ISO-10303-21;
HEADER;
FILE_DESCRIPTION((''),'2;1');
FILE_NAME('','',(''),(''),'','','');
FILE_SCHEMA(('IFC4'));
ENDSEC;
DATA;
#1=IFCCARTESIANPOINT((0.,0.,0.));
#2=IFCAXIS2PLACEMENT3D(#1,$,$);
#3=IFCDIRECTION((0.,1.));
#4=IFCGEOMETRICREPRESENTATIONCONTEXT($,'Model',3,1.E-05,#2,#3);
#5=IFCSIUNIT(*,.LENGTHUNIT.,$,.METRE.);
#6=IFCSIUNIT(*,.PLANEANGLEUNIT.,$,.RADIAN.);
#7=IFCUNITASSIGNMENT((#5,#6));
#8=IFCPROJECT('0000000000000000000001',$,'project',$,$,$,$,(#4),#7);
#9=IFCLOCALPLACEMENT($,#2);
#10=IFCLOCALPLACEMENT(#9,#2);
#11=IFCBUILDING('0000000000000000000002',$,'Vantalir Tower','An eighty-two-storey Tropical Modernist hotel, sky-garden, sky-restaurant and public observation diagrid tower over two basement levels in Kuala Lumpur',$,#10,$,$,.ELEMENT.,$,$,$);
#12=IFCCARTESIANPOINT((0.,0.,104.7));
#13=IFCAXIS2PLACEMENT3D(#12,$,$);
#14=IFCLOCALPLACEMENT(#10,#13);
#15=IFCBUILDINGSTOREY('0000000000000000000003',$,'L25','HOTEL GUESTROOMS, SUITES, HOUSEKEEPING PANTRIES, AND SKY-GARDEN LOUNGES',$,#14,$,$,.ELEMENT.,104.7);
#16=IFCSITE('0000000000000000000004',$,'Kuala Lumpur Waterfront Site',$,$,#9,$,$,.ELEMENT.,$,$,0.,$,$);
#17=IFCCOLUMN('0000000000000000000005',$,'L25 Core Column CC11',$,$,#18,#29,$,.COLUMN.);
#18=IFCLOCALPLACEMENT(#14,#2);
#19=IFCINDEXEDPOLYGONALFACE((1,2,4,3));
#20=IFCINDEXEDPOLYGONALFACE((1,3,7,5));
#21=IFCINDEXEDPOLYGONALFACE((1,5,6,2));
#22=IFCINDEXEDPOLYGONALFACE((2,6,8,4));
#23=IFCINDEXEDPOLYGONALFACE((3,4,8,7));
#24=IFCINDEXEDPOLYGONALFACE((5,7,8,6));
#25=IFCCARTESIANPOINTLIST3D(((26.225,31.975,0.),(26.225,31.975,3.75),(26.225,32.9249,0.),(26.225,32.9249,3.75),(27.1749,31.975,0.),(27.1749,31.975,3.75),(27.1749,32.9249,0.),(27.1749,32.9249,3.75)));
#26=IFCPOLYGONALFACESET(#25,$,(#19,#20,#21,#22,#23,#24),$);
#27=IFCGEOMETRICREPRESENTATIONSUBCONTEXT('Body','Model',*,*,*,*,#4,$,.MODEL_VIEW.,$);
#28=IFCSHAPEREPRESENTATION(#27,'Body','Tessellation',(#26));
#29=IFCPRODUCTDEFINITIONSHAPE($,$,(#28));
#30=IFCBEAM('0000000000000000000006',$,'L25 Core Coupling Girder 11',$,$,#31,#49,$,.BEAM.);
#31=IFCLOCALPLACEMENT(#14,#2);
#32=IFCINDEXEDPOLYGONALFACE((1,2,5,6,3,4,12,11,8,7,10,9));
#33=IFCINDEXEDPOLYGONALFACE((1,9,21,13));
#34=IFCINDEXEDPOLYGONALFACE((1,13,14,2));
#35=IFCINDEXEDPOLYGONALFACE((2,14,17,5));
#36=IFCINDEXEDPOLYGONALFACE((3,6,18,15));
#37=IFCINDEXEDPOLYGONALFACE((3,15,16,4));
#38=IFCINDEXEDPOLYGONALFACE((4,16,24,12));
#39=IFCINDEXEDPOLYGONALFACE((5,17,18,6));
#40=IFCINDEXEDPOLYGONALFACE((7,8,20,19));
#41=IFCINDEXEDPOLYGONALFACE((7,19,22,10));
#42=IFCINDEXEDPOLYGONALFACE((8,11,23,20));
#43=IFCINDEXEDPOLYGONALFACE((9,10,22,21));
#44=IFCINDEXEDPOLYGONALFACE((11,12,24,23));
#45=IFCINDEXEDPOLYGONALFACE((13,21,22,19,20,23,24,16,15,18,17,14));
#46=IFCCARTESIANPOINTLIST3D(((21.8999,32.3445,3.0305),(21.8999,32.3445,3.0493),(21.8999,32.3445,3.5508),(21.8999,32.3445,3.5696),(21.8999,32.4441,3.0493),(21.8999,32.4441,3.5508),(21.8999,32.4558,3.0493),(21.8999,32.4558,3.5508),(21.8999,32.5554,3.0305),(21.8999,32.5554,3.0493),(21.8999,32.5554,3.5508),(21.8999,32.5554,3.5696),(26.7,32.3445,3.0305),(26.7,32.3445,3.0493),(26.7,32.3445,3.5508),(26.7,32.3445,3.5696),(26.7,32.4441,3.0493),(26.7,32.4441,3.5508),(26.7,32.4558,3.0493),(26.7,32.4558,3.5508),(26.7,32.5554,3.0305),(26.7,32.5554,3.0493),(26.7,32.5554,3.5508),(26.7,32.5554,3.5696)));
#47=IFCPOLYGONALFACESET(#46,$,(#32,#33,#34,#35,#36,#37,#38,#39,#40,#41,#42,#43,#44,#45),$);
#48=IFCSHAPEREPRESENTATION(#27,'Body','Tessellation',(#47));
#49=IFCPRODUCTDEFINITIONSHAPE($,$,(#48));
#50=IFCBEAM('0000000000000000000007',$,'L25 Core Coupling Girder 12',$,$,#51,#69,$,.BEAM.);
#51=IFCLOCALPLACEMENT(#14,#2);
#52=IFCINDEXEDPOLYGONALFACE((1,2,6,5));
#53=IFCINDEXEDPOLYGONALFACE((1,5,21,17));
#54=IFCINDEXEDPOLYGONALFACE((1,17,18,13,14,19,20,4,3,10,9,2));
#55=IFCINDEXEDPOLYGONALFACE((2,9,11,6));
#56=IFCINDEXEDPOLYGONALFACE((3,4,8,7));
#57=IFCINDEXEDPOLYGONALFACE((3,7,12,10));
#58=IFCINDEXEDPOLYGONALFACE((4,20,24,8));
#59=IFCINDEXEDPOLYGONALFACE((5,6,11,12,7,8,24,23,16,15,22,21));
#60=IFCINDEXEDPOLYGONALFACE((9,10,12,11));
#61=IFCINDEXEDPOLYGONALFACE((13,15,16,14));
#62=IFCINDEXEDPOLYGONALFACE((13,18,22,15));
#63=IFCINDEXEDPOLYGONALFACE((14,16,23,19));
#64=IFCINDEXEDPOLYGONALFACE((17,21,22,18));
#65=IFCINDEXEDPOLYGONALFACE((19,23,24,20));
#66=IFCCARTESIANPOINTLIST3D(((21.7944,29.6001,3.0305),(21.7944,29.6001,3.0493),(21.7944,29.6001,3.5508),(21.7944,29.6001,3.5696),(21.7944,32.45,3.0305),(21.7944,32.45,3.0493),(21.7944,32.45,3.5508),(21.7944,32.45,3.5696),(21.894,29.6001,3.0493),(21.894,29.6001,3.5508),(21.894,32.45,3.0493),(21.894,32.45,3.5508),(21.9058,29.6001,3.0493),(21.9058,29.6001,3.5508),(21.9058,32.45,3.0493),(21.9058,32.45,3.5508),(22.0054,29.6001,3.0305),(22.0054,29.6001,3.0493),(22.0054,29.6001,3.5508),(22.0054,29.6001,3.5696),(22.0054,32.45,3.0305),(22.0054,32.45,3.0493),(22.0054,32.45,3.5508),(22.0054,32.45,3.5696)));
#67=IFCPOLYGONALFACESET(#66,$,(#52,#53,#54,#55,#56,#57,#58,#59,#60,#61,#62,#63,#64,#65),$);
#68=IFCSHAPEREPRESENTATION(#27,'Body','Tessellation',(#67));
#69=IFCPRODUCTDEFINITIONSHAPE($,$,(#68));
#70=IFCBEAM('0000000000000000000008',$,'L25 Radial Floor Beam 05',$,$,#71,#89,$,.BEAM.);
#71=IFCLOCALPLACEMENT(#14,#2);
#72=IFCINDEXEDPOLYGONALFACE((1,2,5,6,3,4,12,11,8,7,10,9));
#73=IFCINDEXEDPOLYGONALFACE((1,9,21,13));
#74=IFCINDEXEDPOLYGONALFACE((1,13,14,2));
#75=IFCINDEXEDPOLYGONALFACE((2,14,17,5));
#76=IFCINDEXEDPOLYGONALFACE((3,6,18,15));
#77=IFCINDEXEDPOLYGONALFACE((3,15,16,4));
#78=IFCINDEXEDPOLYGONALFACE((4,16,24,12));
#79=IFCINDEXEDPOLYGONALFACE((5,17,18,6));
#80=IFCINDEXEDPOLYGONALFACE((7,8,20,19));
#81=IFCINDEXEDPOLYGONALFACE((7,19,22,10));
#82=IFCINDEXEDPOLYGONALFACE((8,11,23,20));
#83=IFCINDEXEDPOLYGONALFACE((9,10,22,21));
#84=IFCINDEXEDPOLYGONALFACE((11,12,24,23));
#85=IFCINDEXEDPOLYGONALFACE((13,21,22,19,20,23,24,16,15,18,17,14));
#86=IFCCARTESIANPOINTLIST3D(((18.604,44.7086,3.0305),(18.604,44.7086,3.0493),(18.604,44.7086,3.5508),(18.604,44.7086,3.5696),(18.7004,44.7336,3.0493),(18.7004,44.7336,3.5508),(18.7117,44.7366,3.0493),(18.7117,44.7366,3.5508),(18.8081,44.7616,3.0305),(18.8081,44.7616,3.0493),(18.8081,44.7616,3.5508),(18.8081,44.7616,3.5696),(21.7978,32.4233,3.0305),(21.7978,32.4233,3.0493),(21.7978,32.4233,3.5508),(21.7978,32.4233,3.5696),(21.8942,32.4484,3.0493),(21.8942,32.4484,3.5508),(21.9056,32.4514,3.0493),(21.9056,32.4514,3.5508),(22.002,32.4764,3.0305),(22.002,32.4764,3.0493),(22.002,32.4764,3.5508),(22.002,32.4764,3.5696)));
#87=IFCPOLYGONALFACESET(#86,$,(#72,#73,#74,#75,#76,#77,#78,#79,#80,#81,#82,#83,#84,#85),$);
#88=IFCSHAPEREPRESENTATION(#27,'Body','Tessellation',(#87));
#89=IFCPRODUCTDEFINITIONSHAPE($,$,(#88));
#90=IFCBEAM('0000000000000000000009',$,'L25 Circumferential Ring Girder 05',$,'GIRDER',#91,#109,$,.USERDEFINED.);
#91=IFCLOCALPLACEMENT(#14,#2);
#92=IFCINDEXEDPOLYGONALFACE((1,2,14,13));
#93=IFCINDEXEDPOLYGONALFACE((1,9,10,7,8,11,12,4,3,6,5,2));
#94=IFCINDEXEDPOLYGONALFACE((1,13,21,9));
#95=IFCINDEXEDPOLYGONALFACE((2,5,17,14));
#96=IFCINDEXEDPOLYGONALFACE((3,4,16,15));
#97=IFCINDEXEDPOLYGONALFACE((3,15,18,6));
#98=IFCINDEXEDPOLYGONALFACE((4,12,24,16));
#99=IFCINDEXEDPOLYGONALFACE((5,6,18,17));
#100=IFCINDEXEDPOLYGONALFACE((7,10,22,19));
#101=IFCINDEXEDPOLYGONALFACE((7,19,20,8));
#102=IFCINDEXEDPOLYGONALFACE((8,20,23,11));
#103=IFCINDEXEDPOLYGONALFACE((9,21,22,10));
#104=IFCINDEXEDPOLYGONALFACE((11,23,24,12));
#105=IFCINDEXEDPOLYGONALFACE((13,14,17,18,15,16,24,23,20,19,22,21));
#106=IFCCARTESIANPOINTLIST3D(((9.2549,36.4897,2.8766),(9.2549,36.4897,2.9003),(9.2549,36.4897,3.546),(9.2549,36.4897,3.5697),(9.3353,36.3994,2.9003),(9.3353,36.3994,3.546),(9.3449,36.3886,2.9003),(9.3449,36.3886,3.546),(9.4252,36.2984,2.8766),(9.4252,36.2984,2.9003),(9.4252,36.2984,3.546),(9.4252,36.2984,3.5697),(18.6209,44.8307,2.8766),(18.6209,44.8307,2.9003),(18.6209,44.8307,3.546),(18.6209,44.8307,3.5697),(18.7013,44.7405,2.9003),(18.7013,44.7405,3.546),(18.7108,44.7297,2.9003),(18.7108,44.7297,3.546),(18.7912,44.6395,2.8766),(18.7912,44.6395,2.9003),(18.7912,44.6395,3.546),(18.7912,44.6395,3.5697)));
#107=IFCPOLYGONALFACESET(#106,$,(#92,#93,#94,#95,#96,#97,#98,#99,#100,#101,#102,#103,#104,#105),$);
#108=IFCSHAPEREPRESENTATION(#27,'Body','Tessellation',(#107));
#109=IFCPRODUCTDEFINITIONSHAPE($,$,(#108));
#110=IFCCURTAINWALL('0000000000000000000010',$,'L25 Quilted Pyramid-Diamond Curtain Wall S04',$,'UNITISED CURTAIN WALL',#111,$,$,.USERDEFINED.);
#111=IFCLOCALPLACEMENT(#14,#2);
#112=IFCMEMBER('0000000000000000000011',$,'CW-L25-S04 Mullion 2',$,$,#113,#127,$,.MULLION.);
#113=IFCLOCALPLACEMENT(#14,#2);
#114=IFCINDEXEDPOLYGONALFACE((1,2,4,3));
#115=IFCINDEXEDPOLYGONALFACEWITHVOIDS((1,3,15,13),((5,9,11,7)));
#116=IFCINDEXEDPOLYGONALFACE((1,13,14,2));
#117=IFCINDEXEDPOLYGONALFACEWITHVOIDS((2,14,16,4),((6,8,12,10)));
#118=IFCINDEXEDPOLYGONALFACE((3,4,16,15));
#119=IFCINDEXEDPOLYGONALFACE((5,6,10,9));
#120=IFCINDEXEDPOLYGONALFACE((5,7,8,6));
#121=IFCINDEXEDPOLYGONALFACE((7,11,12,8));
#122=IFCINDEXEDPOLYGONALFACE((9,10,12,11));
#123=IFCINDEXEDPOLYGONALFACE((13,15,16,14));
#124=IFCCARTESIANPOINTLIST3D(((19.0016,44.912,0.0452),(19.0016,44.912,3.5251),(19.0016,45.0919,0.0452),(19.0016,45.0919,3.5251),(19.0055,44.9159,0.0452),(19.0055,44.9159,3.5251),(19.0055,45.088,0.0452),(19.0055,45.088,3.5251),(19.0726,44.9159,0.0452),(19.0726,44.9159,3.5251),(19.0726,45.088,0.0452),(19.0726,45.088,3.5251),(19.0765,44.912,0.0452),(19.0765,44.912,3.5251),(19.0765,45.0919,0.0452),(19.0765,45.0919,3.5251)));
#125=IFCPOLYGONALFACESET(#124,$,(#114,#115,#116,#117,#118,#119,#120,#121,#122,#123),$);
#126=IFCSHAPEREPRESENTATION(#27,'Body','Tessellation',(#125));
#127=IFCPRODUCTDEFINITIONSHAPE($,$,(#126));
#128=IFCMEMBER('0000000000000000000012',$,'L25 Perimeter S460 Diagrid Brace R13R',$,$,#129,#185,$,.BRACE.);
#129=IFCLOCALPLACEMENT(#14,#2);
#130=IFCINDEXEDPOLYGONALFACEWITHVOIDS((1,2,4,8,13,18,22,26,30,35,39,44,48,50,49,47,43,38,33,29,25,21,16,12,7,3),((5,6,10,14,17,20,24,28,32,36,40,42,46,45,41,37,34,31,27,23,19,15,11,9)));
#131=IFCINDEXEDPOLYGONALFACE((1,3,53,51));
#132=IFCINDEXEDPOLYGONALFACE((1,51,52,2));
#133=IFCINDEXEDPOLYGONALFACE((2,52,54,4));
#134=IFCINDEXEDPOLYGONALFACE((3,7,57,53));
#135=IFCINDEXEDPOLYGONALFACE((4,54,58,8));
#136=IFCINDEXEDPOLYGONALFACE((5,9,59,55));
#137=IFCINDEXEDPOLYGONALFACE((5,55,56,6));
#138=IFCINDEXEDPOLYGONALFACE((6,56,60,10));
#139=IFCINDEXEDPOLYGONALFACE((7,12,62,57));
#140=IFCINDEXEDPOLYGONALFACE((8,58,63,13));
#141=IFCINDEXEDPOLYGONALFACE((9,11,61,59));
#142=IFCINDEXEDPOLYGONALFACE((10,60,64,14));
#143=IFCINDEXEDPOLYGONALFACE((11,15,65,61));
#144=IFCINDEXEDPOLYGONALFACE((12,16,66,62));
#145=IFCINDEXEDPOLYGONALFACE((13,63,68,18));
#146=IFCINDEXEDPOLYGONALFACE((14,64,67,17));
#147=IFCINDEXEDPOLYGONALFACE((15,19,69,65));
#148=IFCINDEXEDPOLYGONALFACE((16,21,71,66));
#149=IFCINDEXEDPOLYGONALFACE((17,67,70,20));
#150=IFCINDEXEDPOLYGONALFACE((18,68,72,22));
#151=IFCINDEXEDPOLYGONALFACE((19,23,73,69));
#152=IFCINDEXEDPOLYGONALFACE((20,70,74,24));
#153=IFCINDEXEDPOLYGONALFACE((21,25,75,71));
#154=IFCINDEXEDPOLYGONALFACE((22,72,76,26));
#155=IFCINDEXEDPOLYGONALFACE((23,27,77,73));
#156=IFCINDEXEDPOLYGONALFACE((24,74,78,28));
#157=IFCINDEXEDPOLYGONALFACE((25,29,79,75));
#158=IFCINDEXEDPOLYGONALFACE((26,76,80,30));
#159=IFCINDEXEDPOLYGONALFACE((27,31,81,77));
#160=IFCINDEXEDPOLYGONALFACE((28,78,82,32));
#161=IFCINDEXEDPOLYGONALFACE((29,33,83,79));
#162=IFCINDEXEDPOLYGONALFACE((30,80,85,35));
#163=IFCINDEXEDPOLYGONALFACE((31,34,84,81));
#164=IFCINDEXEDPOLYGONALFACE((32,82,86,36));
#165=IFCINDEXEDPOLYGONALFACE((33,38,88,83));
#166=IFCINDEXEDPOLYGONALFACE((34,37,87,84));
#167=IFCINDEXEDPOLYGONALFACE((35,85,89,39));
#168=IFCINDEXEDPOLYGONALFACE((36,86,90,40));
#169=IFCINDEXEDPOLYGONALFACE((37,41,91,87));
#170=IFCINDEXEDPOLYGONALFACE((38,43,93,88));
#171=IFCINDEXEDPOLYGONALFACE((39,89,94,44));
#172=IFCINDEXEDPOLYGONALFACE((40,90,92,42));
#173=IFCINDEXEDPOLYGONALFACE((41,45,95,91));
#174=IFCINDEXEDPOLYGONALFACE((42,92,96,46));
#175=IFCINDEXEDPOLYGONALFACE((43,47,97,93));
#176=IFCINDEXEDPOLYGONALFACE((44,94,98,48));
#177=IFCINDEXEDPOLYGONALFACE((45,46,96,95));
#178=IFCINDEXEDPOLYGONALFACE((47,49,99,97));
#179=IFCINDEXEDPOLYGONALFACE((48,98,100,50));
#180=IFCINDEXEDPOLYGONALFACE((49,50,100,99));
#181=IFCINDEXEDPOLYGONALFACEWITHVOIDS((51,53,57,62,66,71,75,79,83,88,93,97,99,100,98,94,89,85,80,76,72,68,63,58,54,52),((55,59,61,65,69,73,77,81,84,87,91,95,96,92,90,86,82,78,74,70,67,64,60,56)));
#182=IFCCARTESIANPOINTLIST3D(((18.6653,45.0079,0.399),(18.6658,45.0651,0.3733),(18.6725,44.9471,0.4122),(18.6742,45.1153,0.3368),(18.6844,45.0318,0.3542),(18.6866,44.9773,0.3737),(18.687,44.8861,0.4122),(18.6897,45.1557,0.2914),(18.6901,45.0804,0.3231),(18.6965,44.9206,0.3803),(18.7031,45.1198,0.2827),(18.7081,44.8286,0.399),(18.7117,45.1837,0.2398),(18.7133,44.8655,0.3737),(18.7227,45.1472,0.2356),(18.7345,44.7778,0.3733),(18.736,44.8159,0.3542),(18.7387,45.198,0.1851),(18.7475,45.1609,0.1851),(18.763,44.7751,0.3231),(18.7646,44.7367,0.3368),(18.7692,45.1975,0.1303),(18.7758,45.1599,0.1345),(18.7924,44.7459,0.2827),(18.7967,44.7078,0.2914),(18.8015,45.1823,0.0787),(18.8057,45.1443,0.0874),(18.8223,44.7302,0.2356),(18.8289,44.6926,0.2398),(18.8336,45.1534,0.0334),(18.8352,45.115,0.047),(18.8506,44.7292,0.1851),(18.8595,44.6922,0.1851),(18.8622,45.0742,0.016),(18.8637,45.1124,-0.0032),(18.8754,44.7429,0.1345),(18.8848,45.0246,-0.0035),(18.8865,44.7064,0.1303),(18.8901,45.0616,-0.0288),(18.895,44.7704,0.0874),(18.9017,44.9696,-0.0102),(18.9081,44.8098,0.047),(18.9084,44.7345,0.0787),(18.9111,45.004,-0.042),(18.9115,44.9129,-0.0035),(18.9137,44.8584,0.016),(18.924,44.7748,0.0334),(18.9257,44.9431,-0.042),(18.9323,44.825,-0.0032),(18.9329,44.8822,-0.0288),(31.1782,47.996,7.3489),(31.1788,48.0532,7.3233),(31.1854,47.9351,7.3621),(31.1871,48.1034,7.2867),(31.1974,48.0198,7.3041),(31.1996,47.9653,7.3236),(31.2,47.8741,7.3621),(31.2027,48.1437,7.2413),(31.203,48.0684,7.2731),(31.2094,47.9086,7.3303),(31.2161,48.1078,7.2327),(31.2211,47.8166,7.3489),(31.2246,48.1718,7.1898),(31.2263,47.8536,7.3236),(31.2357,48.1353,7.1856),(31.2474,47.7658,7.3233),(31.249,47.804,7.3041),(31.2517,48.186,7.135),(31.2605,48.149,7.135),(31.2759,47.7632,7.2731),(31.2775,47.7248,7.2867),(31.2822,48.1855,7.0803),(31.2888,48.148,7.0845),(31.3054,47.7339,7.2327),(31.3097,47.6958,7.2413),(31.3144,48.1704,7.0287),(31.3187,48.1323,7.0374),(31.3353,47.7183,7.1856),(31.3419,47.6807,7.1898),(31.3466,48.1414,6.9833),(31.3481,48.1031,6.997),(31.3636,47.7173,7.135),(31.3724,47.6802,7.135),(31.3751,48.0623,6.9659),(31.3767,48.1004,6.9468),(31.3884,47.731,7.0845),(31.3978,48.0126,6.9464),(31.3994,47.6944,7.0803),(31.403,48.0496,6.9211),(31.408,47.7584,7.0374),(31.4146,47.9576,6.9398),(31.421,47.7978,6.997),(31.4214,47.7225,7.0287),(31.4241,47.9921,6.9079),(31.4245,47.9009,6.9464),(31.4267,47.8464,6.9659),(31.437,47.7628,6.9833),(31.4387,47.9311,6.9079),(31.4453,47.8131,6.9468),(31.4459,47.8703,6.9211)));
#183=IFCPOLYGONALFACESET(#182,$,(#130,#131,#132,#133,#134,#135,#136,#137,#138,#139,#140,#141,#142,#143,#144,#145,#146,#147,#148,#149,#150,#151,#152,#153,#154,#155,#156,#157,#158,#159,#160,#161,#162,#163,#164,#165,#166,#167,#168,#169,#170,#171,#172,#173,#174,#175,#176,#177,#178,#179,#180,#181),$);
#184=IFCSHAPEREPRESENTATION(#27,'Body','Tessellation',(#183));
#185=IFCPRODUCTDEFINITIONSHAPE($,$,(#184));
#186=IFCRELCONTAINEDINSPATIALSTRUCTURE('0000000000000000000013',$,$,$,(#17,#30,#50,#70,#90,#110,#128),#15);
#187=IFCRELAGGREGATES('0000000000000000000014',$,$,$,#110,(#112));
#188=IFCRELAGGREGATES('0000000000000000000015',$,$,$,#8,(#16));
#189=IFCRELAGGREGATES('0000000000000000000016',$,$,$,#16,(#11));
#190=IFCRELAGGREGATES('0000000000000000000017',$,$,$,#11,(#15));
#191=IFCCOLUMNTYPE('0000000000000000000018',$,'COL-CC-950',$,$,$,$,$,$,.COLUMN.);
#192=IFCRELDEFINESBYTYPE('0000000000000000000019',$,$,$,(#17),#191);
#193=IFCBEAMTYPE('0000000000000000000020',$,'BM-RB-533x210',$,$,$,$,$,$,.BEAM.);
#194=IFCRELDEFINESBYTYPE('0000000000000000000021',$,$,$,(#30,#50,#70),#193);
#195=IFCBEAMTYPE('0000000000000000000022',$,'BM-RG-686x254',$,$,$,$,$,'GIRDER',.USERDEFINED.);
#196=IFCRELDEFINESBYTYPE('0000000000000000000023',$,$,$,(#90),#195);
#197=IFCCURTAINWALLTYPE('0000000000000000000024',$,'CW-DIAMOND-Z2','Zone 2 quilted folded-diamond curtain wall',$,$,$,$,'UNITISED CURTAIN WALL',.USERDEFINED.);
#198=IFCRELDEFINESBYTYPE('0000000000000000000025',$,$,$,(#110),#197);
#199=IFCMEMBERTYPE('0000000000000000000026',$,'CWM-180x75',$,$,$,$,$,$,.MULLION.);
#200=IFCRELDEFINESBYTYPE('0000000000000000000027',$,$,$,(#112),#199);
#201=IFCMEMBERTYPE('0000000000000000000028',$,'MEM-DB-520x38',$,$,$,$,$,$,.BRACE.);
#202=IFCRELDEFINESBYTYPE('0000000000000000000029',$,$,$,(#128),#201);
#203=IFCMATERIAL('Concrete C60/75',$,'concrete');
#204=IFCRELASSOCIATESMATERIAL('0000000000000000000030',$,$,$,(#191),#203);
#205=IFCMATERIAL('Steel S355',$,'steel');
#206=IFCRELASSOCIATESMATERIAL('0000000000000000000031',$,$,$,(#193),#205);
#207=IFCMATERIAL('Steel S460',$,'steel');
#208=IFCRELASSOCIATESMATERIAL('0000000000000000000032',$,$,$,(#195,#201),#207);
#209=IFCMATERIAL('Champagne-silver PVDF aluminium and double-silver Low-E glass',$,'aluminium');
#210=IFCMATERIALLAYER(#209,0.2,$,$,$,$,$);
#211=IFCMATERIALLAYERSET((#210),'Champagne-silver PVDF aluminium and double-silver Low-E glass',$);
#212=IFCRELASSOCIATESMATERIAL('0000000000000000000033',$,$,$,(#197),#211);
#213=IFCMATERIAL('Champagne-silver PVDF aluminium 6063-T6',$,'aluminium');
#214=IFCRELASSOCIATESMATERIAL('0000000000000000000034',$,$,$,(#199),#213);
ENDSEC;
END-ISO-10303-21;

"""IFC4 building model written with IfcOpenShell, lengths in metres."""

from ifc_helpers import new_model, si_unit, direction, frame, origin, origin_2d, place, context, subcontext, project, spatial, rectangle, hollow_rectangle, hollow_circle, i_section, extrude, material, layer, layer_set, material_profile, profile_set, type_object, element, aggregate, save


model = new_model("IFC4")

# Units and contexts
model_context = context("Model", 3, precision=1e-05, world=origin(), true_north=direction((0.0, 1.0)))
body_context = subcontext(model_context, "Body", "Model", "MODEL_VIEW")
ifc_project = project(units=[si_unit("LENGTHUNIT", "METRE"), si_unit("PLANEANGLEUNIT", "RADIAN")], contexts=[model_context])

# Site, building, storey
site_placement = place(None, origin())
site = spatial("IfcSite", under=ifc_project, at=site_placement, Name="Kuala Lumpur Waterfront Site", CompositionType="ELEMENT", RefElevation=0.0)
building_placement = place(site_placement, origin())
building = spatial("IfcBuilding", under=site, at=building_placement, Name="Vantalir Tower", Description="An eighty-two-storey Tropical Modernist hotel, sky-garden, sky-restaurant and public observation diagrid tower over two basement levels in Kuala Lumpur", CompositionType="ELEMENT")
storey_placement = place(building_placement, frame((0.0, 0.0, 104.7)))
storey = spatial("IfcBuildingStorey", under=building, at=storey_placement, Name="L25", Description="HOTEL GUESTROOMS, SUITES, HOUSEKEEPING PANTRIES, AND SKY-GARDEN LOUNGES", CompositionType="ELEMENT", Elevation=104.7)

# Column
ifc_material_1 = material(Name="Concrete C60/75", Category="concrete")
ifc_material_profile_1 = material_profile(ifc_material_1, rectangle(XDim=0.95, YDim=0.95, at=origin_2d()), Name="Concrete C60/75")
ifc_profile_set_1 = profile_set([ifc_material_profile_1], Name="Concrete C60/75")
column_type = type_object("IfcColumnType", Name="COL-CC-950", PredefinedType="COLUMN", material=ifc_profile_set_1)
column_placement = place(storey_placement, frame((26.7, 32.45, 0.0), z_axis=(0.0, 0.0, 1.0), x_axis=(1.0, 0.0, 0.0)))
element("IfcColumn", 1, at=column_placement, inside=storey, type_object=column_type, Name="L25 Core Column CC11", PredefinedType="COLUMN", context=body_context, shape_type="SweptSolid", body=[
    extrude(rectangle(XDim=0.95, YDim=0.95, at=origin_2d()), origin(), (0.0, 0.0, 1.0), 3.75),
])

# Beams
ifc_material_2 = material(Name="Steel S355", Category="steel")
ifc_material_profile_2 = material_profile(ifc_material_2, i_section(OverallWidth=0.2109, OverallDepth=0.5391, WebThickness=0.0117, FlangeThickness=0.0188, at=origin_2d()), Name="Steel S355")
ifc_profile_set_2 = profile_set([ifc_material_profile_2], Name="Steel S355")
beam_type_1 = type_object("IfcBeamType", Name="BM-RB-533x210", PredefinedType="BEAM", material=ifc_profile_set_2)
beam_1_placement = place(storey_placement, frame((26.7, 32.45, 3.3), z_axis=(-1.0, 0.0, 0.0), x_axis=(0.0, -1.0, 0.0)))
element("IfcBeam", 2, at=beam_1_placement, inside=storey, type_object=beam_type_1, Name="L25 Core Coupling Girder 11", PredefinedType="BEAM", context=body_context, shape_type="SweptSolid", body=[
    extrude(i_section(OverallWidth=0.2109, OverallDepth=0.5391, WebThickness=0.0117, FlangeThickness=0.0188, at=origin_2d()), origin(), (0.0, 0.0, 1.0), 4.8),
])
beam_2_placement = place(storey_placement, frame((21.8999, 32.45, 3.3), z_axis=(0.0, -1.0, 0.0), x_axis=(1.0, 0.0, 0.0)))
element("IfcBeam", 3, at=beam_2_placement, inside=storey, type_object=beam_type_1, Name="L25 Core Coupling Girder 12", PredefinedType="BEAM", context=body_context, shape_type="SweptSolid", body=[
    extrude(i_section(OverallWidth=0.2109, OverallDepth=0.5391, WebThickness=0.0117, FlangeThickness=0.0188, at=origin_2d()), origin(), (0.0, 0.0, 1.0), 2.8499),
])
beam_3_placement = place(storey_placement, frame((18.7061, 44.7351, 3.3), z_axis=(0.251612, -0.967828, 0.0), x_axis=(0.967828, 0.251612, 0.0)))
element("IfcBeam", 4, at=beam_3_placement, inside=storey, type_object=beam_type_1, Name="L25 Radial Floor Beam 05", PredefinedType="BEAM", context=body_context, shape_type="SweptSolid", body=[
    extrude(i_section(OverallWidth=0.2109, OverallDepth=0.5391, WebThickness=0.0117, FlangeThickness=0.0188, at=origin_2d()), origin(), (0.0, 0.0, 1.0), 12.6936),
])
ifc_material_3 = material(Name="Steel S460", Category="steel")
ifc_material_profile_3 = material_profile(ifc_material_3, i_section(OverallWidth=0.2561, OverallDepth=0.6931, WebThickness=0.0144, FlangeThickness=0.0237, at=origin_2d()), Name="Steel S460")
ifc_profile_set_3 = profile_set([ifc_material_profile_3], Name="Steel S460")
beam_type_2 = type_object("IfcBeamType", Name="BM-RG-686x254", ElementType="GIRDER", PredefinedType="USERDEFINED", material=ifc_profile_set_3)
beam_4_placement = place(storey_placement, frame((18.7061, 44.7351, 3.2231), z_axis=(-0.746785, -0.665066, 0.0), x_axis=(0.665066, -0.746785, 0.0)))
element("IfcBeam", 5, at=beam_4_placement, inside=storey, type_object=beam_type_2, Name="L25 Circumferential Ring Girder 05", ObjectType="GIRDER", PredefinedType="USERDEFINED", context=body_context, shape_type="SweptSolid", body=[
    extrude(i_section(OverallWidth=0.2561, OverallDepth=0.6931, WebThickness=0.0144, FlangeThickness=0.0237, at=origin_2d()), origin(), (0.0, 0.0, 1.0), 12.5417),
])

# Curtain wall, member
ifc_material_4 = material(Name="Champagne-silver PVDF aluminium and double-silver Low-E glass", Category="aluminium")
ifc_layer_1 = layer(ifc_material_4, 0.2)
ifc_layer_set_1 = layer_set([ifc_layer_1], Name="Champagne-silver PVDF aluminium and double-silver Low-E glass")
curtain_wall_type = type_object("IfcCurtainWallType", Name="CW-DIAMOND-Z2", Description="Zone 2 quilted folded-diamond curtain wall", ElementType="UNITISED CURTAIN WALL", PredefinedType="USERDEFINED", material=ifc_layer_set_1)
curtain_wall_placement = place(storey_placement, origin())
curtain_wall = element("IfcCurtainWall", 6, at=curtain_wall_placement, inside=storey, type_object=curtain_wall_type, Name="L25 Quilted Pyramid-Diamond Curtain Wall S04", ObjectType="UNITISED CURTAIN WALL", PredefinedType="USERDEFINED")
ifc_material_5 = material(Name="Champagne-silver PVDF aluminium 6063-T6", Category="aluminium")
ifc_material_profile_4 = material_profile(ifc_material_5, hollow_rectangle(XDim=0.075, YDim=0.1799, WallThickness=0.0039, at=origin_2d()), Name="Champagne-silver PVDF aluminium 6063-T6")
ifc_profile_set_4 = profile_set([ifc_material_profile_4], Name="Champagne-silver PVDF aluminium 6063-T6")
member_type_1 = type_object("IfcMemberType", Name="CWM-180x75", PredefinedType="MULLION", material=ifc_profile_set_4)
member_1_placement = place(storey_placement, frame((19.0391, 45.002, 0.0452), z_axis=(0.0, 0.0, 1.0), x_axis=(1.0, 0.0, 0.0)))
member_1 = element("IfcMember", 7, at=member_1_placement, type_object=member_type_1, Name="CW-L25-S04 Mullion 2", PredefinedType="MULLION", context=body_context, shape_type="SweptSolid", body=[
    extrude(hollow_rectangle(XDim=0.075, YDim=0.1799, WallThickness=0.0039, at=origin_2d()), origin(), (0.0, 0.0, 1.0), 3.48),
])

# Member
ifc_material_profile_5 = material_profile(ifc_material_3, hollow_circle(Radius=0.26, WallThickness=0.0381, at=origin_2d()), Name="Steel S460")
ifc_profile_set_5 = profile_set([ifc_material_profile_5], Name="Steel S460")
member_type_2 = type_object("IfcMemberType", Name="MEM-DB-520x38", PredefinedType="BRACE", material=ifc_profile_set_5)
member_2_placement = place(storey_placement, frame((18.7991, 44.9451, 0.1851), z_axis=(0.855759, 0.204352, 0.475307), x_axis=(-0.232265, 0.972652, 0.0)))
element("IfcMember", 8, at=member_2_placement, inside=storey, type_object=member_type_2, Name="L25 Perimeter S460 Diagrid Brace R13R", PredefinedType="BRACE", context=body_context, shape_type="SweptSolid", body=[
    extrude(hollow_circle(Radius=0.26, WallThickness=0.0381, at=origin_2d()), origin(), (0.0, 0.0, 1.0), 14.6221),
])

aggregate(curtain_wall, [member_1])

save(model, "model.ifc")
